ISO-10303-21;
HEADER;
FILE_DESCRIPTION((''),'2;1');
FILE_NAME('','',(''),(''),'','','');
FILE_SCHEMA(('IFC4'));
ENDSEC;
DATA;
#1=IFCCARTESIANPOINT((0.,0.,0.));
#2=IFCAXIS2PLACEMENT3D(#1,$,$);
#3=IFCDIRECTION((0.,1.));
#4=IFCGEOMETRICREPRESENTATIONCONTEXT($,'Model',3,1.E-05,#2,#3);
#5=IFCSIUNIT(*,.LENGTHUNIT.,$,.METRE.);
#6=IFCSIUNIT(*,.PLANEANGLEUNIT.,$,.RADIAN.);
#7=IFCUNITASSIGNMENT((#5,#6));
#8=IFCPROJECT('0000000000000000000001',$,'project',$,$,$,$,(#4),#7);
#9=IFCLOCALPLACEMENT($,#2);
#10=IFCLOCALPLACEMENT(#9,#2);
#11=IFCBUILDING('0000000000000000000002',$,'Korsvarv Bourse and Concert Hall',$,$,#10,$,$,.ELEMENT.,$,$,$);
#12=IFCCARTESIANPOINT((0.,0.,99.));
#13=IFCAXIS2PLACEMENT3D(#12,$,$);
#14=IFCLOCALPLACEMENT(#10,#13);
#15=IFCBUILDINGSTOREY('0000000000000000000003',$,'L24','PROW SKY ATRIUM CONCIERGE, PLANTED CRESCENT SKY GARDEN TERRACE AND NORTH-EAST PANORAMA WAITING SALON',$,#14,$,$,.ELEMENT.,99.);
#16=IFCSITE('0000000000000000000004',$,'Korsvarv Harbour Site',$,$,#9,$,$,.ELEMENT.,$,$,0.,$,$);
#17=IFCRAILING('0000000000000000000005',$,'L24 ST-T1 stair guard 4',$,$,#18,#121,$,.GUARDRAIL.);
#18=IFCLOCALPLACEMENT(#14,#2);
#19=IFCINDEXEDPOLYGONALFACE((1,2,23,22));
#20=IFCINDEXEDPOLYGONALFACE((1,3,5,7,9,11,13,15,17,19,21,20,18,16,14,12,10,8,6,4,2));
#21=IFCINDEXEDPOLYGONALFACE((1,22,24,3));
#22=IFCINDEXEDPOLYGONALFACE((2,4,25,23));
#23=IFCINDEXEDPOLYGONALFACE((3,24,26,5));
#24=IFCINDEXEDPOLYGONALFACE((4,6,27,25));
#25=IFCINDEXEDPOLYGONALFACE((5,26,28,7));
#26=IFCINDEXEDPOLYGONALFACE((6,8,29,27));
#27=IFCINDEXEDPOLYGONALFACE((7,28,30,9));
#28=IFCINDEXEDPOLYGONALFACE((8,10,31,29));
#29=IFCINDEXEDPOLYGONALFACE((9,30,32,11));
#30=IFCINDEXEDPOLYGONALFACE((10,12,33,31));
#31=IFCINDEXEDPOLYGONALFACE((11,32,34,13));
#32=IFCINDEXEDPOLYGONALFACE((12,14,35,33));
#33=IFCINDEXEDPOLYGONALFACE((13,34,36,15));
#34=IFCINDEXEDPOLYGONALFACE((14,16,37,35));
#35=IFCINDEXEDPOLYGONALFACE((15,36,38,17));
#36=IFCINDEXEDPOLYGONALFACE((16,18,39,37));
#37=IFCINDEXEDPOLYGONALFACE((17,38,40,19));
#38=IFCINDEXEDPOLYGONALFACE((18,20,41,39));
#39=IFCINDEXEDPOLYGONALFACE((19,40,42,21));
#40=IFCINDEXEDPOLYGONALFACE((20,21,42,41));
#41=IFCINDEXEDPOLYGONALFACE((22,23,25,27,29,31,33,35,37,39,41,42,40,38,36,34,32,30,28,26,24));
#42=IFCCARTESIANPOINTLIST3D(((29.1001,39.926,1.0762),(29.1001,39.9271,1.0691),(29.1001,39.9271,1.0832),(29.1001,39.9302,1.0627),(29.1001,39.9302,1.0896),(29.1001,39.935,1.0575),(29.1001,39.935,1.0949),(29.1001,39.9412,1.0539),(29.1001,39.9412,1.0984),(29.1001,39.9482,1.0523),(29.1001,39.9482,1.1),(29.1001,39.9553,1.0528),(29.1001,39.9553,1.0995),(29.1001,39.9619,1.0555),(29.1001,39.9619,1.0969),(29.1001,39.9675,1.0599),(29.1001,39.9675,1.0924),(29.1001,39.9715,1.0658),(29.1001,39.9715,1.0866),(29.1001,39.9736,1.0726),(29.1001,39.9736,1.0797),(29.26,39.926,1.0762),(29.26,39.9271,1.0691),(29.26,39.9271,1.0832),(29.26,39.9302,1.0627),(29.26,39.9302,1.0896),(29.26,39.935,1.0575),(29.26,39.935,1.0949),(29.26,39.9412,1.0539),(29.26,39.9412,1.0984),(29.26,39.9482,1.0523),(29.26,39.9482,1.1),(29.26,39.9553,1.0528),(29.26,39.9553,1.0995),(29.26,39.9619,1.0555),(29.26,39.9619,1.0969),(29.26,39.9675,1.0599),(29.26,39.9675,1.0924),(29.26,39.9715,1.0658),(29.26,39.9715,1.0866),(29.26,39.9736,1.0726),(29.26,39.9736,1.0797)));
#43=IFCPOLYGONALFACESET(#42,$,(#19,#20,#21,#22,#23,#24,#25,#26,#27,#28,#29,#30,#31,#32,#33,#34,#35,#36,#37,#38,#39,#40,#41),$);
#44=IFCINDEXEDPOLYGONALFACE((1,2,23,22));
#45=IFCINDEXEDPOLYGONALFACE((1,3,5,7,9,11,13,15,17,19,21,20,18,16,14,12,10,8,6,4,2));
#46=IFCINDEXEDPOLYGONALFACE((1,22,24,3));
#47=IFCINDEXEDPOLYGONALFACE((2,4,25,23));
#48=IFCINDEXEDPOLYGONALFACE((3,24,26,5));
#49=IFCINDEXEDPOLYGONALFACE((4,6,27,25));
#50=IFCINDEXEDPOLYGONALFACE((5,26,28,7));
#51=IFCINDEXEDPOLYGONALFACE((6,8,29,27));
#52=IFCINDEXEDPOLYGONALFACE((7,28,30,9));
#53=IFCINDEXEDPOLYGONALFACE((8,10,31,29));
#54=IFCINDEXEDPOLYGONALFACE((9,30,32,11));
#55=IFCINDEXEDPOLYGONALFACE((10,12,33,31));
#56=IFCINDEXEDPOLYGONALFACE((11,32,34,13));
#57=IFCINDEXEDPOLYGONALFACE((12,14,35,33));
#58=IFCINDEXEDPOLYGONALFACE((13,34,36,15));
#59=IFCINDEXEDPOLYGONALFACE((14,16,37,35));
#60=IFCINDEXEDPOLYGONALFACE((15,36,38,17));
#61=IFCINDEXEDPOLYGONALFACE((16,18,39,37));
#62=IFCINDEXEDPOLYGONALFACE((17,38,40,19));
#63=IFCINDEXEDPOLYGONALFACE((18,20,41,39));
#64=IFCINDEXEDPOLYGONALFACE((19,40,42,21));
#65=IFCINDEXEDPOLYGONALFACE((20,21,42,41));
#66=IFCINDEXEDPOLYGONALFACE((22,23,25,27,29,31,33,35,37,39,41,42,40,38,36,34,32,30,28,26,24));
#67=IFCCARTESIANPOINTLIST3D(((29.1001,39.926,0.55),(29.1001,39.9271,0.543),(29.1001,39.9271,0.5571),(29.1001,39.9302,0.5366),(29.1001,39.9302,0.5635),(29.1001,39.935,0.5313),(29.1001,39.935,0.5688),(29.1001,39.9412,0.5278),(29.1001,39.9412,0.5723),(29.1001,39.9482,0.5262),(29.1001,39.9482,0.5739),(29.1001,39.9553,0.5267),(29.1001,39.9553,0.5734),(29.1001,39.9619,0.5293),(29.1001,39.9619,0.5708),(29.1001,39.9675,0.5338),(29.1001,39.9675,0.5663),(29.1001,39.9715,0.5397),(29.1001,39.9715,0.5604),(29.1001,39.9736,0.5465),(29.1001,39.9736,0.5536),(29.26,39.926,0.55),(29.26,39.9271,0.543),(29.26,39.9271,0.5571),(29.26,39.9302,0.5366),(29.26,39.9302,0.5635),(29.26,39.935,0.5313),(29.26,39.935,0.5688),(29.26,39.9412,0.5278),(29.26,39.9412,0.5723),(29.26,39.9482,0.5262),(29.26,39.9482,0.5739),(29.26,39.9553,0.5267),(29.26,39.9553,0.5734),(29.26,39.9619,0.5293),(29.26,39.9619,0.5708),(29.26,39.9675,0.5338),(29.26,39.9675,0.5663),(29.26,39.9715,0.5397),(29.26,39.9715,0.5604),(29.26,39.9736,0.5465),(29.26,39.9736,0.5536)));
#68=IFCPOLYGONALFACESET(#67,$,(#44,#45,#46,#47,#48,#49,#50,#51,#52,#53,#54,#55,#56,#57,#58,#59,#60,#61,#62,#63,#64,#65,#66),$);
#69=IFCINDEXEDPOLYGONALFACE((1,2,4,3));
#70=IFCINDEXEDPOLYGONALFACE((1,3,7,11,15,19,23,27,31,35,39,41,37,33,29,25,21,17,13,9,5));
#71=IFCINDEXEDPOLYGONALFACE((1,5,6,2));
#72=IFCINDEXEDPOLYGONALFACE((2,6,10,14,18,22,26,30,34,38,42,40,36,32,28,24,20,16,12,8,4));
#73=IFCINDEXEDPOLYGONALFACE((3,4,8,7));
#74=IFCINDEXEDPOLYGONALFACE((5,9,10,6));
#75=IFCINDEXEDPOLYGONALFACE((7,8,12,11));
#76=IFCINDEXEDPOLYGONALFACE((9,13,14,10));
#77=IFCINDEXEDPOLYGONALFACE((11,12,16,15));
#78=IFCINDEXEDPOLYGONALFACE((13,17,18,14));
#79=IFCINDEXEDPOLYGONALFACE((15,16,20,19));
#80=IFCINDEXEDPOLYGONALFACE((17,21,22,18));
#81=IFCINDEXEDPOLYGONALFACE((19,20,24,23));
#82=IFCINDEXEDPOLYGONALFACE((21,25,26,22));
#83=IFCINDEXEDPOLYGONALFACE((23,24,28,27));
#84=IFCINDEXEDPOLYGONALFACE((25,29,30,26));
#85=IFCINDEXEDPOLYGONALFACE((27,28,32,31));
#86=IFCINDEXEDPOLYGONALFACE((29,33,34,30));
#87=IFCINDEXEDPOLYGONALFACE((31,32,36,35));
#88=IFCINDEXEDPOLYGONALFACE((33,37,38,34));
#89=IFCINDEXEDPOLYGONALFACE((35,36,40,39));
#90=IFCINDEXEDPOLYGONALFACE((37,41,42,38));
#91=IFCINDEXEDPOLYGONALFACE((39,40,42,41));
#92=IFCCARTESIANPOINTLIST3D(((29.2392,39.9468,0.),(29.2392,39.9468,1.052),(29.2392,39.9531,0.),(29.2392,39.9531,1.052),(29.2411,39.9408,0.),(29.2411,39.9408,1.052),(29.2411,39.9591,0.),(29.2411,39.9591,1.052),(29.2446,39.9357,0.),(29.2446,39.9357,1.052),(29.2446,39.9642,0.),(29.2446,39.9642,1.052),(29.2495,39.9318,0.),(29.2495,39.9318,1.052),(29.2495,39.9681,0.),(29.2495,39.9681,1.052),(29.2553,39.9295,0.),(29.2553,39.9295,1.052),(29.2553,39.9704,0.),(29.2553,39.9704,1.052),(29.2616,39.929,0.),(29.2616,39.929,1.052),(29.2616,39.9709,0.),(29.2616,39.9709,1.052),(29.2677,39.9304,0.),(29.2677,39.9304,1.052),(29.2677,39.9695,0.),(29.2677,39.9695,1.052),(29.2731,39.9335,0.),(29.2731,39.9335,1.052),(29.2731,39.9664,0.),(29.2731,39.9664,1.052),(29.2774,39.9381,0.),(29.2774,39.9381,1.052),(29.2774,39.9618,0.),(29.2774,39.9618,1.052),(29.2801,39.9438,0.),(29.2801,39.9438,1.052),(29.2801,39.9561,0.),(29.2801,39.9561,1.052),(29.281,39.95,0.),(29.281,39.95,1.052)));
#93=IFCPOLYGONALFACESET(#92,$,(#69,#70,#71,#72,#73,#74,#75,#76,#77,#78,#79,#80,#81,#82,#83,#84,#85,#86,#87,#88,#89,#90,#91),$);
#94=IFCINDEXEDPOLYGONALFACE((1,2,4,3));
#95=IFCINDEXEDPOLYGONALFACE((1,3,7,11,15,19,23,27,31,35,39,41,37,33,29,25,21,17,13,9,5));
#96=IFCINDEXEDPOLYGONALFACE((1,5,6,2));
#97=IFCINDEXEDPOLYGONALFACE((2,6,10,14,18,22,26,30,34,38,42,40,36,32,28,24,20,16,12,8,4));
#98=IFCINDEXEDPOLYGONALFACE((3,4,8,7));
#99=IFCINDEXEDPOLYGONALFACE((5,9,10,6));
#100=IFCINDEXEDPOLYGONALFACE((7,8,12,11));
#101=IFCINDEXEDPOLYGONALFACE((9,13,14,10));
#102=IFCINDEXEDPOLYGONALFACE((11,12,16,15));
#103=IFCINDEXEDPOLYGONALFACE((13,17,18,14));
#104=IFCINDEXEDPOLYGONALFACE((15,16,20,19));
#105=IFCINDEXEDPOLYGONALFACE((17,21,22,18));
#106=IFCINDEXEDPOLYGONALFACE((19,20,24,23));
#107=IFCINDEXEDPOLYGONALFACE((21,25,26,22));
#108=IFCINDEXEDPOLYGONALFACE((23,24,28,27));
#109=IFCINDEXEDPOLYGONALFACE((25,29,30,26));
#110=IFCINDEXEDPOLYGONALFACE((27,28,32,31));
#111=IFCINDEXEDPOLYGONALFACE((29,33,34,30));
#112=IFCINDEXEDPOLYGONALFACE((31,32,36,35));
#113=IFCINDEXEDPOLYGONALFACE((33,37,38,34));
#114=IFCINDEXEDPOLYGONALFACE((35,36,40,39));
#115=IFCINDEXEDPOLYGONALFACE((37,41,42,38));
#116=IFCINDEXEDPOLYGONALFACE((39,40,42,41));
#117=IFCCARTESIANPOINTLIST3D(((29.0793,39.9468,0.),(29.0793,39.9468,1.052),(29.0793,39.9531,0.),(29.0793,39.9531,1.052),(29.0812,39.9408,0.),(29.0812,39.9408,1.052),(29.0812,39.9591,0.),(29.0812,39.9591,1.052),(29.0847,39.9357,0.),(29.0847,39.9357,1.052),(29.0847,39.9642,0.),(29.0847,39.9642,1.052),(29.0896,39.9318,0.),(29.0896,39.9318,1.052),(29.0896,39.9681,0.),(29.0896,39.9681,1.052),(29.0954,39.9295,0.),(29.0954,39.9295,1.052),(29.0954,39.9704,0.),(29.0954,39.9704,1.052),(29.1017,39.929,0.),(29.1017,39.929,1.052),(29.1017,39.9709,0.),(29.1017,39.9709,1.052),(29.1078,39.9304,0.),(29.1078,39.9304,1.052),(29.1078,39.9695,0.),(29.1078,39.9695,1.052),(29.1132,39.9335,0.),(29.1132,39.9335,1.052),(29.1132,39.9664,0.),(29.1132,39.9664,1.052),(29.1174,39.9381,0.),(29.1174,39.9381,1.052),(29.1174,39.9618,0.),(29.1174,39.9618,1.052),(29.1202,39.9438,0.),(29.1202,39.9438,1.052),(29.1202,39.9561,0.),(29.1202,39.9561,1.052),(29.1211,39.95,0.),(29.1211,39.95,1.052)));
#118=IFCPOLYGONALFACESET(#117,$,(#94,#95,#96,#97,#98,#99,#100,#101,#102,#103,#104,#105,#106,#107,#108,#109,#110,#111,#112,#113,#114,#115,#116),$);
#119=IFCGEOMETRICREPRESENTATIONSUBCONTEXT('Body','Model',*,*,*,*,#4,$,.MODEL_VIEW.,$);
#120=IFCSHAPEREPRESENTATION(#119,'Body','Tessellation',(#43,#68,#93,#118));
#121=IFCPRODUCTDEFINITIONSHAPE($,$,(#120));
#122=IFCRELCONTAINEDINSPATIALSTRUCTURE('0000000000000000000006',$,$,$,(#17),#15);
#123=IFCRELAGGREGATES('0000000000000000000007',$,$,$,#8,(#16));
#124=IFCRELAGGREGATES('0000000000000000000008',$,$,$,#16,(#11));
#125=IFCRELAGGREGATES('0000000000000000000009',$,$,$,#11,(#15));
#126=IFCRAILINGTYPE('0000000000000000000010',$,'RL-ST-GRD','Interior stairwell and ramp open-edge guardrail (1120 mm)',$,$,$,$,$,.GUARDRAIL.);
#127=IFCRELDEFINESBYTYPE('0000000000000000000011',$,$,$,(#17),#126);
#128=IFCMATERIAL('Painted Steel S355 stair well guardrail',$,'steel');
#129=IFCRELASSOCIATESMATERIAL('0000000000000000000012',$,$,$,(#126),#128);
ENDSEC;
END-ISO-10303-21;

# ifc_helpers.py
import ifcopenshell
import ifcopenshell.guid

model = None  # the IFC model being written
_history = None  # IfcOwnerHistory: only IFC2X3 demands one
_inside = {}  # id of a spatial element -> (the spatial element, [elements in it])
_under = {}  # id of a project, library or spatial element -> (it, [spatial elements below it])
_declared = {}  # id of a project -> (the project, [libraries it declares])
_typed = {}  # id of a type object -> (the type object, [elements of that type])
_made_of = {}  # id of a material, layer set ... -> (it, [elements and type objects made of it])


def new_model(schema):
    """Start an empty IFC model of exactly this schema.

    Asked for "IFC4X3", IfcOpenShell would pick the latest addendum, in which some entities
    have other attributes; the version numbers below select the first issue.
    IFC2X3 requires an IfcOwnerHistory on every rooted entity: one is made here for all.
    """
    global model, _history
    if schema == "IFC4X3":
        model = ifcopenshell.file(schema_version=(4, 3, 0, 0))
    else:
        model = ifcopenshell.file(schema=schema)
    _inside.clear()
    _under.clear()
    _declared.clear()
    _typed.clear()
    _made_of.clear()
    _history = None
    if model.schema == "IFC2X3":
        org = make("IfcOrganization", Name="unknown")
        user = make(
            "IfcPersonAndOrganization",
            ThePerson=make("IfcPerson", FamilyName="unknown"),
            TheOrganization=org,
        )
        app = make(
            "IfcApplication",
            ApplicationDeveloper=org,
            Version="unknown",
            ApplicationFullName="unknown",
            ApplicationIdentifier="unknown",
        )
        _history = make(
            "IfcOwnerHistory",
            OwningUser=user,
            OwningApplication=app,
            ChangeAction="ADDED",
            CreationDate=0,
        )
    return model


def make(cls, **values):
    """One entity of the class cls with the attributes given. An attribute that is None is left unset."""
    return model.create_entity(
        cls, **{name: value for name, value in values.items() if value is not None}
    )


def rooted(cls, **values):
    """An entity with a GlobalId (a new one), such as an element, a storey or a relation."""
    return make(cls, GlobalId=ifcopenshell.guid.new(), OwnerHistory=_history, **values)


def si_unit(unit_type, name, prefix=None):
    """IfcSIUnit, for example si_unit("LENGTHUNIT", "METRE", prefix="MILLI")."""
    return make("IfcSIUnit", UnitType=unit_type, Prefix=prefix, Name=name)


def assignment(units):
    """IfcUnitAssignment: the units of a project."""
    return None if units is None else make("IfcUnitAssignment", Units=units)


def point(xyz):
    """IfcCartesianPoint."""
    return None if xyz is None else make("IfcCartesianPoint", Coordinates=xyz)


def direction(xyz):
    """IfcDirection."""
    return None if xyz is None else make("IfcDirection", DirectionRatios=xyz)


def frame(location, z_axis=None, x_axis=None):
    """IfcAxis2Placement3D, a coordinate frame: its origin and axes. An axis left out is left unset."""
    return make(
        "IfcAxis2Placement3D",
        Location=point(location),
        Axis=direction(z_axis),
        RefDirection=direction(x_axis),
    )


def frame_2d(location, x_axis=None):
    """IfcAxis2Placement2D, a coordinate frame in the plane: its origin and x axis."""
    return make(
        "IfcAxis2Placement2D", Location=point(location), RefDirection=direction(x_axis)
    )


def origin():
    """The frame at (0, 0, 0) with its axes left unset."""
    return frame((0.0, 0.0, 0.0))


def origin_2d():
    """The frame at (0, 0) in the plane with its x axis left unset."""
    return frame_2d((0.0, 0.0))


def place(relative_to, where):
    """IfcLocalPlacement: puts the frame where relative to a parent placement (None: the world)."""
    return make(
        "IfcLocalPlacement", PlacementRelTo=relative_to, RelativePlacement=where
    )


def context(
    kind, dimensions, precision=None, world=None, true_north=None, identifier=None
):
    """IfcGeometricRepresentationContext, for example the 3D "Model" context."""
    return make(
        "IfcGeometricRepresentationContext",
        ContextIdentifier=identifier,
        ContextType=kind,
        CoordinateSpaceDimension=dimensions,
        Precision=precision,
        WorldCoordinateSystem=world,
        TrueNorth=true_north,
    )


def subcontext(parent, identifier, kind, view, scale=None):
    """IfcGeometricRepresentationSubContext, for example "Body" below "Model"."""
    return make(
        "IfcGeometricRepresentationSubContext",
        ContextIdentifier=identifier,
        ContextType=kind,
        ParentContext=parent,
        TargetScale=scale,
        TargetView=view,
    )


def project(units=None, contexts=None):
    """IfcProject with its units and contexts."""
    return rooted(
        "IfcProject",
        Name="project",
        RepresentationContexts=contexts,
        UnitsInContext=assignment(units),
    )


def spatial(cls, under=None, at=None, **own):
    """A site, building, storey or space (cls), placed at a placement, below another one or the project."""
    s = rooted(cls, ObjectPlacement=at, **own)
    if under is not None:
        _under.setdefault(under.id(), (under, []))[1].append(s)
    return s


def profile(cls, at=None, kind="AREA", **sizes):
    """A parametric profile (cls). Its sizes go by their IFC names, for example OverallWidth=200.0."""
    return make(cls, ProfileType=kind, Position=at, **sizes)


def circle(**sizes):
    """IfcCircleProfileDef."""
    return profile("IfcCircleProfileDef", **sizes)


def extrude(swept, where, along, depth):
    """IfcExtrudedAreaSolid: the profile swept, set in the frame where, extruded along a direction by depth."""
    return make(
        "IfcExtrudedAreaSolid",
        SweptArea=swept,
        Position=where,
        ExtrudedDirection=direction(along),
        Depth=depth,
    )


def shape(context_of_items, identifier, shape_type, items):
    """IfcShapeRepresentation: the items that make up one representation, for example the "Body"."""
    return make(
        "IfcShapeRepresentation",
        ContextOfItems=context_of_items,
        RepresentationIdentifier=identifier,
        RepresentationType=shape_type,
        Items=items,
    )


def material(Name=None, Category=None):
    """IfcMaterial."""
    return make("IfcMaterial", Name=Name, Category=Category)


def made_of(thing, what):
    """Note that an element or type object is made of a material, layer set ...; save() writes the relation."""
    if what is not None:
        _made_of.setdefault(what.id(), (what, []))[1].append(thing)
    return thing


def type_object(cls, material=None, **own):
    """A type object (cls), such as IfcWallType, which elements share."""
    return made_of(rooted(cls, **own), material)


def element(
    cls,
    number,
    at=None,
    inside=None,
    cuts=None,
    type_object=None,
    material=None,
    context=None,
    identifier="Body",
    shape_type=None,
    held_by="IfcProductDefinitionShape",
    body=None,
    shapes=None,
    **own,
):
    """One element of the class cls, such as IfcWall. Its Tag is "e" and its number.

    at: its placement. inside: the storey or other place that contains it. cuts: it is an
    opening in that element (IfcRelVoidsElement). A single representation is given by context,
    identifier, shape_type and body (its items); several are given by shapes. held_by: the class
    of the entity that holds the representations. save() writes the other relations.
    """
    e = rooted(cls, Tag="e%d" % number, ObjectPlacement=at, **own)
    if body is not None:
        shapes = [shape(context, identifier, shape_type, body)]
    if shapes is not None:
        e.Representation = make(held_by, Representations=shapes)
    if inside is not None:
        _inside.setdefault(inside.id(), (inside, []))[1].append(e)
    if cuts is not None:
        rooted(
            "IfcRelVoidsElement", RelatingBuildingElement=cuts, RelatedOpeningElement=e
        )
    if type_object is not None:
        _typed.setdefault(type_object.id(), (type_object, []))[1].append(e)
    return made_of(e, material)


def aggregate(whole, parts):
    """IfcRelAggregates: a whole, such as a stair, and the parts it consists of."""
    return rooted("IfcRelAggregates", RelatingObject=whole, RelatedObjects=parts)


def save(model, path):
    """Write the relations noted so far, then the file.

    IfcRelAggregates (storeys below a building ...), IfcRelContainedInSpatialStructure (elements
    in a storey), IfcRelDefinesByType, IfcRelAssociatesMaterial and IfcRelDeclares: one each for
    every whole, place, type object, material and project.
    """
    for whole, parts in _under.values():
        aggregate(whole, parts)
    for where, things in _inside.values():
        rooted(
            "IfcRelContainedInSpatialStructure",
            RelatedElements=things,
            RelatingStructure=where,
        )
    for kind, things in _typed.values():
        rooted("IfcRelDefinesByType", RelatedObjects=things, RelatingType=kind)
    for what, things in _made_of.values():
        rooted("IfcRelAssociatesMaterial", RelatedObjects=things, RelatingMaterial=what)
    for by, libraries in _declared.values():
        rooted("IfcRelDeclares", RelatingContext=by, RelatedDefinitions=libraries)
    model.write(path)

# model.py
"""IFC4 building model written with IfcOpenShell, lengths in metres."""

from ifc_helpers import new_model, si_unit, direction, frame, origin, origin_2d, place, context, subcontext, project, spatial, circle, extrude, material, type_object, element, save


model = new_model("IFC4")

# Units and contexts
model_context = context("Model", 3, precision=1e-05, world=origin(), true_north=direction((0.0, 1.0)))
body_context = subcontext(model_context, "Body", "Model", "MODEL_VIEW")
ifc_project = project(units=[si_unit("LENGTHUNIT", "METRE"), si_unit("PLANEANGLEUNIT", "RADIAN")], contexts=[model_context])

# Site, building, storey
site_placement = place(None, origin())
site = spatial("IfcSite", under=ifc_project, at=site_placement, Name="Korsvarv Harbour Site", CompositionType="ELEMENT", RefElevation=0.0)
building_placement = place(site_placement, origin())
building = spatial("IfcBuilding", under=site, at=building_placement, Name="Korsvarv Bourse and Concert Hall", CompositionType="ELEMENT")
storey_placement = place(building_placement, frame((0.0, 0.0, 99.0)))
storey = spatial("IfcBuildingStorey", under=building, at=storey_placement, Name="L24", Description="PROW SKY ATRIUM CONCIERGE, PLANTED CRESCENT SKY GARDEN TERRACE AND NORTH-EAST PANORAMA WAITING SALON", CompositionType="ELEMENT", Elevation=99.0)

# Railing
ifc_material_1 = material(Name="Painted Steel S355 stair well guardrail", Category="steel")
railing_type_1 = type_object("IfcRailingType", Name="RL-ST-GRD", Description="Interior stairwell and ramp open-edge guardrail (1120 mm)", PredefinedType="GUARDRAIL", material=ifc_material_1)
railing_1_placement = place(storey_placement, frame((29.26, 39.95, 0.0)))
element("IfcRailing", 1, at=railing_1_placement, inside=storey, type_object=railing_type_1, Name="L24 ST-T1 stair guard 4", PredefinedType="GUARDRAIL", context=body_context, shape_type="SweptSolid", body=[
    extrude(circle(Radius=0.0239, at=origin_2d()), frame((0.0, 0.0, 1.0762), z_axis=(-1.0, 0.0, 0.0), x_axis=(0.0, -1.0, 0.0)), (0.0, 0.0, 1.0), 0.1599),
    extrude(circle(Radius=0.0239, at=origin_2d()), frame((0.0, 0.0, 0.55), z_axis=(-1.0, 0.0, 0.0), x_axis=(0.0, -1.0, 0.0)), (0.0, 0.0, 1.0), 0.1599),
    extrude(circle(Radius=0.021, at=origin_2d()), origin(), (0.0, 0.0, 1.0), 1.052),
    extrude(circle(Radius=0.021, at=origin_2d()), frame((-0.1599, 0.0, 0.0)), (0.0, 0.0, 1.0), 1.052),
])

save(model, "model.ifc")
